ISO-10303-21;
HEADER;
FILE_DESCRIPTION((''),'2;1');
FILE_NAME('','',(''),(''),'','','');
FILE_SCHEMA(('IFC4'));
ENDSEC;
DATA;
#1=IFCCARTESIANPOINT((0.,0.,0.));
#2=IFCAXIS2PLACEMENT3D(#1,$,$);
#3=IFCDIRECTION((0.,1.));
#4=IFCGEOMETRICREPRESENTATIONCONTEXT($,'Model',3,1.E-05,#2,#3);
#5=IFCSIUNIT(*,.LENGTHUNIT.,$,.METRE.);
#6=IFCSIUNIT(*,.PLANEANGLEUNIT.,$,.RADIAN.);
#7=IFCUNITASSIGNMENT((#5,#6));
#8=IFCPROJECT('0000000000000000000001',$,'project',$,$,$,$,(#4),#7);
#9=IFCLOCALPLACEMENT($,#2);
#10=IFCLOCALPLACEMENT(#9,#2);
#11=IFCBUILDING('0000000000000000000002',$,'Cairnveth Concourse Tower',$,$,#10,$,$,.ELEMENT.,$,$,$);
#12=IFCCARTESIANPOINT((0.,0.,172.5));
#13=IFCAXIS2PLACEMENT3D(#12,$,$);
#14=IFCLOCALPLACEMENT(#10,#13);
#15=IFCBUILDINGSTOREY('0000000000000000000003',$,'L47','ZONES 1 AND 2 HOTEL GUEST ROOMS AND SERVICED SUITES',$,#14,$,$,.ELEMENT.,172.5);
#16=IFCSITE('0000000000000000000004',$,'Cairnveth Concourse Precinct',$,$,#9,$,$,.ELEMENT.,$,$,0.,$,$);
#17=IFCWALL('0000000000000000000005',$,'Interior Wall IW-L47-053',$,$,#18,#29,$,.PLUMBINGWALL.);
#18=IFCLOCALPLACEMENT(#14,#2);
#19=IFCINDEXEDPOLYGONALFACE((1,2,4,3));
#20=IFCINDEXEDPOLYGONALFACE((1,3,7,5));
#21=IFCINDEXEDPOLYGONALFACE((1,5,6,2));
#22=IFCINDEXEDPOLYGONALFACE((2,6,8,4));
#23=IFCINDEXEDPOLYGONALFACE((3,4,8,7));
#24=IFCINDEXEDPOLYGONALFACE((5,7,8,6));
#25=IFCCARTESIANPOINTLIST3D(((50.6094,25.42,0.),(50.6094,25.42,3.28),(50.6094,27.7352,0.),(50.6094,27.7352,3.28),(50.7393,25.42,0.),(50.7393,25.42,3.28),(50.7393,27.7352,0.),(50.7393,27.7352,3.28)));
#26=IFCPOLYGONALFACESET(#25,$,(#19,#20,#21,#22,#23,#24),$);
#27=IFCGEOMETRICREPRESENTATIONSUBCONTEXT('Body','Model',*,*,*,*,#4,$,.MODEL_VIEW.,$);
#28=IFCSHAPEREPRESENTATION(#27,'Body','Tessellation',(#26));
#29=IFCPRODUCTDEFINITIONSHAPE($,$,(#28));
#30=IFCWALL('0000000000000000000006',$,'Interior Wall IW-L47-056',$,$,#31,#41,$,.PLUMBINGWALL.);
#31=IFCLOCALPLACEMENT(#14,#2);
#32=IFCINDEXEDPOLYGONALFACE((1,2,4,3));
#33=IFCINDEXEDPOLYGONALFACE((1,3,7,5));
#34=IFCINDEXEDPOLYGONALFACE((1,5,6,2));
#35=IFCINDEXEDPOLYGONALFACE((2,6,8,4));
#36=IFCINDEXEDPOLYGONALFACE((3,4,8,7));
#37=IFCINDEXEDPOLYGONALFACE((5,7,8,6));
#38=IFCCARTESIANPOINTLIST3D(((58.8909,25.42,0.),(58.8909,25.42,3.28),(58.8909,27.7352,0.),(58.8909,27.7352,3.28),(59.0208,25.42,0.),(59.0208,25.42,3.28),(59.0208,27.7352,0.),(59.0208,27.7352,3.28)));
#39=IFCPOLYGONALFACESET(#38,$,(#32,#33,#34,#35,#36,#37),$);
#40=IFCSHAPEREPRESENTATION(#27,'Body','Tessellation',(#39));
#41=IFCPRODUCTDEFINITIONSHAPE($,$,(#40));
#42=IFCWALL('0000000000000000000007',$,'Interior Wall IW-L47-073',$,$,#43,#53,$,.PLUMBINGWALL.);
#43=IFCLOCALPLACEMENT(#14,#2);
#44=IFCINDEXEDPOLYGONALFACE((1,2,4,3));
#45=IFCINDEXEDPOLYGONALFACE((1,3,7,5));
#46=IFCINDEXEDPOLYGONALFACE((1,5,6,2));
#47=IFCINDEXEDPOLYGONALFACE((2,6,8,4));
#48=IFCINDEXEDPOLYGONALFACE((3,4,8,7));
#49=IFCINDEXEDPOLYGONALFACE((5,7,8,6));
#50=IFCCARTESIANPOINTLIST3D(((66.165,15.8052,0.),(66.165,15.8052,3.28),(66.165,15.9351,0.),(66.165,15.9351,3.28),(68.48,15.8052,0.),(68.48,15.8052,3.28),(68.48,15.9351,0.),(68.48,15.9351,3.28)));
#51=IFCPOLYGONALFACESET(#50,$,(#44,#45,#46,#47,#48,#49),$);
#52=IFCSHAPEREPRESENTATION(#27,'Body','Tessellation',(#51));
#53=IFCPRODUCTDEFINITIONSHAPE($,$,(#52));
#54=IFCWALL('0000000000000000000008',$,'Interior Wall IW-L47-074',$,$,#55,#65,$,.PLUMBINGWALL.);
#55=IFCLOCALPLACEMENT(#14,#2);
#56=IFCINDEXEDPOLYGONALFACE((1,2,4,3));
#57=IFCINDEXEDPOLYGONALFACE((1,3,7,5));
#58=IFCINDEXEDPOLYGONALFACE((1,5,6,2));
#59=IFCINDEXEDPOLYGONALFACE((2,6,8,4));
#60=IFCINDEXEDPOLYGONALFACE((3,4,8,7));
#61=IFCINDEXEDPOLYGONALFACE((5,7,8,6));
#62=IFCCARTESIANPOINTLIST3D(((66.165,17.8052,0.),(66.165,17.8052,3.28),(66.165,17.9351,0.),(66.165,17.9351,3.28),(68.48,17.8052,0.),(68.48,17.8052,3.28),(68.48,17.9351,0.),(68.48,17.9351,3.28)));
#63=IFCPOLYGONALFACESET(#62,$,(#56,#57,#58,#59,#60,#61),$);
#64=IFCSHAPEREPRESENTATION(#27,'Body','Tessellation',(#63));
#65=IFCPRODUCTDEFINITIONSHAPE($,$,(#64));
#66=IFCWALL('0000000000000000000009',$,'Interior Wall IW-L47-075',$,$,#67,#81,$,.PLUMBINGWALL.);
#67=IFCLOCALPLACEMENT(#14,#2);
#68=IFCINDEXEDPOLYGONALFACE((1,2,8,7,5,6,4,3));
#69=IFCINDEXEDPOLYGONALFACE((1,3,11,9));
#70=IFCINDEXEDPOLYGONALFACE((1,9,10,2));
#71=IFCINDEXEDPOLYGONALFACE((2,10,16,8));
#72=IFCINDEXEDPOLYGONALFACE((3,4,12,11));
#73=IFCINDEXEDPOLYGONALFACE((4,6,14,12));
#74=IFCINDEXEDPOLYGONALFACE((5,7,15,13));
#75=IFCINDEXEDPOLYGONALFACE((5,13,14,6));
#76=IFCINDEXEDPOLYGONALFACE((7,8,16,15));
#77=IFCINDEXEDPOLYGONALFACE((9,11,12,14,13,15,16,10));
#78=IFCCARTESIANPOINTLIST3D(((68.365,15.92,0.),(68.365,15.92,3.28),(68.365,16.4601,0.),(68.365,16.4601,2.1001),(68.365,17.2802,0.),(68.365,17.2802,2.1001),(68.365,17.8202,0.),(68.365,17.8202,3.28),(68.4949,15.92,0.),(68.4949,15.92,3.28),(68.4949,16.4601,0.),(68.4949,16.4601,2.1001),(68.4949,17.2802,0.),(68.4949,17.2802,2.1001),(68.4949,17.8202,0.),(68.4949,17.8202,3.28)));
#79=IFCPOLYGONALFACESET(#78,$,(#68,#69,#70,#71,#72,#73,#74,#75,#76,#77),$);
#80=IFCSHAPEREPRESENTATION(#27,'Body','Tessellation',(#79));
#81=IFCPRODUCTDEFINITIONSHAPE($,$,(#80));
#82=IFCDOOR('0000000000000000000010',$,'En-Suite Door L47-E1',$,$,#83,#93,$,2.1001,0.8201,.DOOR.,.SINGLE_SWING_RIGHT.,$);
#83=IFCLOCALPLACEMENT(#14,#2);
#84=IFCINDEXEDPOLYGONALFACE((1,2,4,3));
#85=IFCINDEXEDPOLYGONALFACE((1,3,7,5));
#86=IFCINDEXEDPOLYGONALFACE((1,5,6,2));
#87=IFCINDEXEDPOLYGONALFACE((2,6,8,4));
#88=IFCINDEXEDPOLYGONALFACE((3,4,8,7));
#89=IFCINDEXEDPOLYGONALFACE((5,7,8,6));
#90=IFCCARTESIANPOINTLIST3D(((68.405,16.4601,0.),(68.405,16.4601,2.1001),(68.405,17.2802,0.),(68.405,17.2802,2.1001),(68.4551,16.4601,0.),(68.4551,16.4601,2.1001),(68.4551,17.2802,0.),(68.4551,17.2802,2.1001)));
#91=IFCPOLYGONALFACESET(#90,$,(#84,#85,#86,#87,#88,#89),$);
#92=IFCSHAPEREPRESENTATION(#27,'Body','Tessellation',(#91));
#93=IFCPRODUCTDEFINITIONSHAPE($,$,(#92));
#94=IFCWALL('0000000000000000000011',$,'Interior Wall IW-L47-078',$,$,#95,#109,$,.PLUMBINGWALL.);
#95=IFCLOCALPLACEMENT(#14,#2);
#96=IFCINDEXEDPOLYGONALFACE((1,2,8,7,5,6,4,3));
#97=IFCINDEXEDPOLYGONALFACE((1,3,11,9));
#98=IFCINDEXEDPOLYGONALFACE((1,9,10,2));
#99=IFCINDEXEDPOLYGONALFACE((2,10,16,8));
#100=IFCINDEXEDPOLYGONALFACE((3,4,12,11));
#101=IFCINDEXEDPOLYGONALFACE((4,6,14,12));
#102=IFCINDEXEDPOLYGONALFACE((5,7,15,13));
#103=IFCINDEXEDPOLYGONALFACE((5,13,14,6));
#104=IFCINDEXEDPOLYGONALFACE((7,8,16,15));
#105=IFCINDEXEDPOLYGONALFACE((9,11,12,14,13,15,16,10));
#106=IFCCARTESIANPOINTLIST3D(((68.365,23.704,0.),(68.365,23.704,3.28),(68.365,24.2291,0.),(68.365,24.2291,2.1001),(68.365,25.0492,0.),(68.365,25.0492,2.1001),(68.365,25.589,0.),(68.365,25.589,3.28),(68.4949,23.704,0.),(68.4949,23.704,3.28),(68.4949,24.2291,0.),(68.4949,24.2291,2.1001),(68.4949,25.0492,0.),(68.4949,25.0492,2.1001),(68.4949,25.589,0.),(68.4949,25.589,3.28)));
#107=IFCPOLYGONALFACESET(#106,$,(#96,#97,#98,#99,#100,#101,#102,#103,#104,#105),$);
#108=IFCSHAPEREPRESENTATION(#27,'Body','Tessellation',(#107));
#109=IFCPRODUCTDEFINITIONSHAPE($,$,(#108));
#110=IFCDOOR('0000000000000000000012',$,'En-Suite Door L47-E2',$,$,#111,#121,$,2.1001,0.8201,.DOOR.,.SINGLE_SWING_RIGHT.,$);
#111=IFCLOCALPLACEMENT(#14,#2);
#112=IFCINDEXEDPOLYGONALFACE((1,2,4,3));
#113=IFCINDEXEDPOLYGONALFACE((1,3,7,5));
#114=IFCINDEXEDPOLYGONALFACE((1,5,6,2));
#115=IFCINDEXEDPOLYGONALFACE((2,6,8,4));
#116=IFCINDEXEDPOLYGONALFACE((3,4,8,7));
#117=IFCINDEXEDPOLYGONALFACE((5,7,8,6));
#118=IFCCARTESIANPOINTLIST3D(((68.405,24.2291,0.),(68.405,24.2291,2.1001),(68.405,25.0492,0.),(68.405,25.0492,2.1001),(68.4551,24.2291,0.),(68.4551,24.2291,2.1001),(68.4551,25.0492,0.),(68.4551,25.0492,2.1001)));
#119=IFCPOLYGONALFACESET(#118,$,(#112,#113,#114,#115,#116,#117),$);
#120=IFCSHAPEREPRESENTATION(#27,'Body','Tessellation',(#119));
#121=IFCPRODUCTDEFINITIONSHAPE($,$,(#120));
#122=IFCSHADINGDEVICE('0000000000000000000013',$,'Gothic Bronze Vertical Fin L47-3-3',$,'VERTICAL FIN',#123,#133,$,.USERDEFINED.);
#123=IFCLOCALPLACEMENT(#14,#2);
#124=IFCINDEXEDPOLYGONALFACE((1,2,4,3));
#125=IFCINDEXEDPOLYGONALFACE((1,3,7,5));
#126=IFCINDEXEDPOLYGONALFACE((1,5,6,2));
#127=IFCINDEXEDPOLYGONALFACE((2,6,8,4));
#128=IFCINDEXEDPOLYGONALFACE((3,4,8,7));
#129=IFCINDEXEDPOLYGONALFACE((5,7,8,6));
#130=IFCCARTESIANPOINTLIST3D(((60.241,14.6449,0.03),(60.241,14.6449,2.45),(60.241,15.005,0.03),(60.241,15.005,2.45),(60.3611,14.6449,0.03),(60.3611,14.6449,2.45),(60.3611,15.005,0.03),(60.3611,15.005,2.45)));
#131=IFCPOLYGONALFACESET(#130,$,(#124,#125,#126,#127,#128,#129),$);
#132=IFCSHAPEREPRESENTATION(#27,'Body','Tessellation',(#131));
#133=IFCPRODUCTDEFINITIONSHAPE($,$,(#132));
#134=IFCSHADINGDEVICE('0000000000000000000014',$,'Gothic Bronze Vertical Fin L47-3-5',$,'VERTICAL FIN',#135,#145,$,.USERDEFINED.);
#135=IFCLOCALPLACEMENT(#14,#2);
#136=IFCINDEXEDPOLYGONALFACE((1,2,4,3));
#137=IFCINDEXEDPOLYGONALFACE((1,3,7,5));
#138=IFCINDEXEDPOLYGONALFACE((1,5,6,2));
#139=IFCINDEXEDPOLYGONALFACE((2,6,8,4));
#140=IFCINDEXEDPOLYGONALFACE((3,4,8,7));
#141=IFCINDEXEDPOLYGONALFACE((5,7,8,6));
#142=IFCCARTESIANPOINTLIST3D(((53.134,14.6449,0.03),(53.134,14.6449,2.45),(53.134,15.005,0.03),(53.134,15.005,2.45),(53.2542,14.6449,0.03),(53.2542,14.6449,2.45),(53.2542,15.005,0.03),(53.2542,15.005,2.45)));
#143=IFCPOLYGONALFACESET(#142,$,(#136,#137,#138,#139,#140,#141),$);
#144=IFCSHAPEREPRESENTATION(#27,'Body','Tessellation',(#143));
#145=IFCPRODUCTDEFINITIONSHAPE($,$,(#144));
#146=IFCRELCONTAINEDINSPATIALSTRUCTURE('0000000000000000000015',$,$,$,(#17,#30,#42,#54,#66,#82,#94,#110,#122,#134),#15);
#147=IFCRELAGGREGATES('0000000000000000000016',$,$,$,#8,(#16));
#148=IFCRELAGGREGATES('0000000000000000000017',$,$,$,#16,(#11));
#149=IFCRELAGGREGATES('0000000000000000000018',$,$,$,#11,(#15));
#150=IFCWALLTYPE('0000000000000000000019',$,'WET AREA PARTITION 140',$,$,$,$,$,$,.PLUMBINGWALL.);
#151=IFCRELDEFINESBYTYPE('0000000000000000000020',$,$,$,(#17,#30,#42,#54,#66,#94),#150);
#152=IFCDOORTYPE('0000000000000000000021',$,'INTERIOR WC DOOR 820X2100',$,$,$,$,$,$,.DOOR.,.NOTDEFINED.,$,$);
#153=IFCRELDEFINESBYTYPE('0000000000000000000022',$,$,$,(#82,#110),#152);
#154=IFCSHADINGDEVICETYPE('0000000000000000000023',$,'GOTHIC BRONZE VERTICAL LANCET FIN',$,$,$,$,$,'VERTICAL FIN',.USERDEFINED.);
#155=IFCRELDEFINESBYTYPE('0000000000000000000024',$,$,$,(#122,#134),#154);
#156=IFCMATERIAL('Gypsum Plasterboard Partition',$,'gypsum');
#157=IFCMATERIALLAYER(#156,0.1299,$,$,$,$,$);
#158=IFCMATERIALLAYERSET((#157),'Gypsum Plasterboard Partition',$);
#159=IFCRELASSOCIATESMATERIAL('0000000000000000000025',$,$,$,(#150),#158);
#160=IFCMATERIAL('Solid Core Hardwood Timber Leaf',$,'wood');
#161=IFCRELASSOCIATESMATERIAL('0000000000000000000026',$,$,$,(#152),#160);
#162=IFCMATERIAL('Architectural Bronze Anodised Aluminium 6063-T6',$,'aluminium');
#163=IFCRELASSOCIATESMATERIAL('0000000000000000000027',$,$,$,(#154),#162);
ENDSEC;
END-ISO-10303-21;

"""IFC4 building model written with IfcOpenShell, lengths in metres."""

from ifc_helpers import new_model, si_unit, direction, frame, frame_2d, origin, origin_2d, place, context, subcontext, project, spatial, rectangle, extrude, material, layer, layer_set, type_object, element, fill, save


model = new_model("IFC4")

# Units and contexts
model_context = context("Model", 3, precision=1e-05, world=origin(), true_north=direction((0.0, 1.0)))
body_context = subcontext(model_context, "Body", "Model", "MODEL_VIEW")
ifc_project = project(units=[si_unit("LENGTHUNIT", "METRE"), si_unit("PLANEANGLEUNIT", "RADIAN")], contexts=[model_context])

# Site, building, storey
site_placement = place(None, origin())
site = spatial("IfcSite", under=ifc_project, at=site_placement, Name="Cairnveth Concourse Precinct", CompositionType="ELEMENT", RefElevation=0.0)
building_placement = place(site_placement, origin())
building = spatial("IfcBuilding", under=site, at=building_placement, Name="Cairnveth Concourse Tower", CompositionType="ELEMENT")
storey_placement = place(building_placement, frame((0.0, 0.0, 172.5)))
storey = spatial("IfcBuildingStorey", under=building, at=storey_placement, Name="L47", Description="ZONES 1 AND 2 HOTEL GUEST ROOMS AND SERVICED SUITES", CompositionType="ELEMENT", Elevation=172.5)

# Shared definitions
ifc_material_1 = material(Name="Gypsum Plasterboard Partition", Category="gypsum")
ifc_material_2 = material(Name="Solid Core Hardwood Timber Leaf", Category="wood")

# Walls
ifc_layer_1 = layer(ifc_material_1, 0.1299)
ifc_layer_set_1 = layer_set([ifc_layer_1], Name="Gypsum Plasterboard Partition")
wall_type_1 = type_object("IfcWallType", Name="WET AREA PARTITION 140", PredefinedType="PLUMBINGWALL", material=ifc_layer_set_1)
for number, where, z_axis, x_axis, name in (
    (1, (50.6743, 25.4199, 0.0), (0.0, 0.0, 1.0), (0.0, 1.0, 0.0), "Interior Wall IW-L47-053"),
    (2, (58.9558, 25.4199, 0.0), (0.0, 0.0, 1.0), (0.0, 1.0, 0.0), "Interior Wall IW-L47-056"),
):
    element("IfcWall", number, at=place(storey_placement, frame(where, z_axis=z_axis, x_axis=x_axis)), inside=storey, type_object=wall_type_1, Name=name, PredefinedType="PLUMBINGWALL", context=body_context, shape_type="SweptSolid", body=[
        extrude(rectangle(XDim=2.3152, YDim=0.1299, at=frame_2d((1.1577, 0.0))), origin(), (0.0, 0.0, 1.0), 3.28),
    ])
for number, where, z_axis, x_axis, name in (
    (3, (66.165, 15.8701, 0.0), (0.0, 0.0, 1.0), (1.0, 0.0, 0.0), "Interior Wall IW-L47-073"),
    (4, (66.165, 17.8701, 0.0), (0.0, 0.0, 1.0), (1.0, 0.0, 0.0), "Interior Wall IW-L47-074"),
):
    element("IfcWall", number, at=place(storey_placement, frame(where, z_axis=z_axis, x_axis=x_axis)), inside=storey, type_object=wall_type_1, Name=name, PredefinedType="PLUMBINGWALL", context=body_context, shape_type="SweptSolid", body=[
        extrude(rectangle(XDim=2.3149, YDim=0.1299, at=frame_2d((1.1575, 0.0))), origin(), (0.0, 0.0, 1.0), 3.28),
    ])

# Walls, openings, doors
wall_1_placement = place(storey_placement, frame((68.4299, 15.9199, 0.0), z_axis=(0.0, 0.0, 1.0), x_axis=(0.0, 1.0, 0.0)))
wall_1 = element("IfcWall", 5, at=wall_1_placement, inside=storey, type_object=wall_type_1, Name="Interior Wall IW-L47-075", PredefinedType="PLUMBINGWALL", context=body_context, shape_type="SweptSolid", body=[
    extrude(rectangle(XDim=1.9001, YDim=0.1299, at=frame_2d((0.9502, 0.0))), origin(), (0.0, 0.0, 1.0), 3.28),
])
opening_1_placement = place(wall_1_placement, frame((0.54, 0.0, 0.0)))
opening_1 = element("IfcOpeningElement", 6, at=opening_1_placement, cuts=wall_1, PredefinedType="OPENING", context=body_context, shape_type="SweptSolid", body=[
    extrude(rectangle(XDim=0.8201, YDim=2.1001, at=frame_2d((0.4102, 1.05))), frame((0.0, 0.075, 0.0), z_axis=(0.0, -1.0, 0.0), x_axis=(1.0, 0.0, 0.0)), (0.0, 0.0, 1.0), 0.1499),
])
door_type_1 = type_object("IfcDoorType", Name="INTERIOR WC DOOR 820X2100", OperationType="NOTDEFINED", PredefinedType="DOOR", material=ifc_material_2)
door_1_placement = place(opening_1_placement, origin())
door_1 = element("IfcDoor", 7, at=door_1_placement, inside=storey, type_object=door_type_1, Name="En-Suite Door L47-E1", OperationType="SINGLE_SWING_RIGHT", OverallHeight=2.1001, OverallWidth=0.8201, PredefinedType="DOOR", context=body_context, shape_type="SweptSolid", body=[
    extrude(rectangle(XDim=0.8201, YDim=2.1001, at=frame_2d((0.4102, 1.05))), frame((0.0, 0.0249, 0.0), z_axis=(0.0, -1.0, 0.0), x_axis=(1.0, 0.0, 0.0)), (0.0, 0.0, 1.0), 0.05),
])
fill(opening_1, door_1)
wall_2_placement = place(storey_placement, frame((68.4299, 23.7041, 0.0), z_axis=(0.0, 0.0, 1.0), x_axis=(0.0, 1.0, 0.0)))
wall_2 = element("IfcWall", 8, at=wall_2_placement, inside=storey, type_object=wall_type_1, Name="Interior Wall IW-L47-078", PredefinedType="PLUMBINGWALL", context=body_context, shape_type="SweptSolid", body=[
    extrude(rectangle(XDim=1.885, YDim=0.1299, at=frame_2d((0.9424, 0.0))), origin(), (0.0, 0.0, 1.0), 3.28),
])
opening_2_placement = place(wall_2_placement, frame((0.5249, 0.0, 0.0)))
opening_2 = element("IfcOpeningElement", 9, at=opening_2_placement, cuts=wall_2, PredefinedType="OPENING", context=body_context, shape_type="SweptSolid", body=[
    extrude(rectangle(XDim=0.8201, YDim=2.1001, at=frame_2d((0.4102, 1.05))), frame((0.0, 0.075, 0.0), z_axis=(0.0, -1.0, 0.0), x_axis=(1.0, 0.0, 0.0)), (0.0, 0.0, 1.0), 0.1499),
])
door_2_placement = place(opening_2_placement, origin())
door_2 = element("IfcDoor", 10, at=door_2_placement, inside=storey, type_object=door_type_1, Name="En-Suite Door L47-E2", OperationType="SINGLE_SWING_RIGHT", OverallHeight=2.1001, OverallWidth=0.8201, PredefinedType="DOOR", context=body_context, shape_type="SweptSolid", body=[
    extrude(rectangle(XDim=0.8201, YDim=2.1001, at=frame_2d((0.4102, 1.05))), frame((0.0, 0.0249, 0.0), z_axis=(0.0, -1.0, 0.0), x_axis=(1.0, 0.0, 0.0)), (0.0, 0.0, 1.0), 0.05),
])
fill(opening_2, door_2)

# Shading devices
ifc_material_3 = material(Name="Architectural Bronze Anodised Aluminium 6063-T6", Category="aluminium")
shading_device_type = type_object("IfcShadingDeviceType", Name="GOTHIC BRONZE VERTICAL LANCET FIN", ElementType="VERTICAL FIN", PredefinedType="USERDEFINED", material=ifc_material_3)
for number, where, z_axis, x_axis, name in (
    (11, (60.301, 14.825, 0.03), (0.0, 0.0, 1.0), (1.0, 0.0, 0.0), "Gothic Bronze Vertical Fin L47-3-3"),
    (12, (53.1941, 14.825, 0.03), (0.0, 0.0, 1.0), (1.0, 0.0, 0.0), "Gothic Bronze Vertical Fin L47-3-5"),
):
    element("IfcShadingDevice", number, at=place(storey_placement, frame(where, z_axis=z_axis, x_axis=x_axis)), inside=storey, type_object=shading_device_type, Name=name, ObjectType="VERTICAL FIN", PredefinedType="USERDEFINED", context=body_context, shape_type="SweptSolid", body=[
        extrude(rectangle(XDim=0.1201, YDim=0.3601, at=origin_2d()), origin(), (0.0, 0.0, 1.0), 2.4199),
    ])

save(model, "model.ifc")
